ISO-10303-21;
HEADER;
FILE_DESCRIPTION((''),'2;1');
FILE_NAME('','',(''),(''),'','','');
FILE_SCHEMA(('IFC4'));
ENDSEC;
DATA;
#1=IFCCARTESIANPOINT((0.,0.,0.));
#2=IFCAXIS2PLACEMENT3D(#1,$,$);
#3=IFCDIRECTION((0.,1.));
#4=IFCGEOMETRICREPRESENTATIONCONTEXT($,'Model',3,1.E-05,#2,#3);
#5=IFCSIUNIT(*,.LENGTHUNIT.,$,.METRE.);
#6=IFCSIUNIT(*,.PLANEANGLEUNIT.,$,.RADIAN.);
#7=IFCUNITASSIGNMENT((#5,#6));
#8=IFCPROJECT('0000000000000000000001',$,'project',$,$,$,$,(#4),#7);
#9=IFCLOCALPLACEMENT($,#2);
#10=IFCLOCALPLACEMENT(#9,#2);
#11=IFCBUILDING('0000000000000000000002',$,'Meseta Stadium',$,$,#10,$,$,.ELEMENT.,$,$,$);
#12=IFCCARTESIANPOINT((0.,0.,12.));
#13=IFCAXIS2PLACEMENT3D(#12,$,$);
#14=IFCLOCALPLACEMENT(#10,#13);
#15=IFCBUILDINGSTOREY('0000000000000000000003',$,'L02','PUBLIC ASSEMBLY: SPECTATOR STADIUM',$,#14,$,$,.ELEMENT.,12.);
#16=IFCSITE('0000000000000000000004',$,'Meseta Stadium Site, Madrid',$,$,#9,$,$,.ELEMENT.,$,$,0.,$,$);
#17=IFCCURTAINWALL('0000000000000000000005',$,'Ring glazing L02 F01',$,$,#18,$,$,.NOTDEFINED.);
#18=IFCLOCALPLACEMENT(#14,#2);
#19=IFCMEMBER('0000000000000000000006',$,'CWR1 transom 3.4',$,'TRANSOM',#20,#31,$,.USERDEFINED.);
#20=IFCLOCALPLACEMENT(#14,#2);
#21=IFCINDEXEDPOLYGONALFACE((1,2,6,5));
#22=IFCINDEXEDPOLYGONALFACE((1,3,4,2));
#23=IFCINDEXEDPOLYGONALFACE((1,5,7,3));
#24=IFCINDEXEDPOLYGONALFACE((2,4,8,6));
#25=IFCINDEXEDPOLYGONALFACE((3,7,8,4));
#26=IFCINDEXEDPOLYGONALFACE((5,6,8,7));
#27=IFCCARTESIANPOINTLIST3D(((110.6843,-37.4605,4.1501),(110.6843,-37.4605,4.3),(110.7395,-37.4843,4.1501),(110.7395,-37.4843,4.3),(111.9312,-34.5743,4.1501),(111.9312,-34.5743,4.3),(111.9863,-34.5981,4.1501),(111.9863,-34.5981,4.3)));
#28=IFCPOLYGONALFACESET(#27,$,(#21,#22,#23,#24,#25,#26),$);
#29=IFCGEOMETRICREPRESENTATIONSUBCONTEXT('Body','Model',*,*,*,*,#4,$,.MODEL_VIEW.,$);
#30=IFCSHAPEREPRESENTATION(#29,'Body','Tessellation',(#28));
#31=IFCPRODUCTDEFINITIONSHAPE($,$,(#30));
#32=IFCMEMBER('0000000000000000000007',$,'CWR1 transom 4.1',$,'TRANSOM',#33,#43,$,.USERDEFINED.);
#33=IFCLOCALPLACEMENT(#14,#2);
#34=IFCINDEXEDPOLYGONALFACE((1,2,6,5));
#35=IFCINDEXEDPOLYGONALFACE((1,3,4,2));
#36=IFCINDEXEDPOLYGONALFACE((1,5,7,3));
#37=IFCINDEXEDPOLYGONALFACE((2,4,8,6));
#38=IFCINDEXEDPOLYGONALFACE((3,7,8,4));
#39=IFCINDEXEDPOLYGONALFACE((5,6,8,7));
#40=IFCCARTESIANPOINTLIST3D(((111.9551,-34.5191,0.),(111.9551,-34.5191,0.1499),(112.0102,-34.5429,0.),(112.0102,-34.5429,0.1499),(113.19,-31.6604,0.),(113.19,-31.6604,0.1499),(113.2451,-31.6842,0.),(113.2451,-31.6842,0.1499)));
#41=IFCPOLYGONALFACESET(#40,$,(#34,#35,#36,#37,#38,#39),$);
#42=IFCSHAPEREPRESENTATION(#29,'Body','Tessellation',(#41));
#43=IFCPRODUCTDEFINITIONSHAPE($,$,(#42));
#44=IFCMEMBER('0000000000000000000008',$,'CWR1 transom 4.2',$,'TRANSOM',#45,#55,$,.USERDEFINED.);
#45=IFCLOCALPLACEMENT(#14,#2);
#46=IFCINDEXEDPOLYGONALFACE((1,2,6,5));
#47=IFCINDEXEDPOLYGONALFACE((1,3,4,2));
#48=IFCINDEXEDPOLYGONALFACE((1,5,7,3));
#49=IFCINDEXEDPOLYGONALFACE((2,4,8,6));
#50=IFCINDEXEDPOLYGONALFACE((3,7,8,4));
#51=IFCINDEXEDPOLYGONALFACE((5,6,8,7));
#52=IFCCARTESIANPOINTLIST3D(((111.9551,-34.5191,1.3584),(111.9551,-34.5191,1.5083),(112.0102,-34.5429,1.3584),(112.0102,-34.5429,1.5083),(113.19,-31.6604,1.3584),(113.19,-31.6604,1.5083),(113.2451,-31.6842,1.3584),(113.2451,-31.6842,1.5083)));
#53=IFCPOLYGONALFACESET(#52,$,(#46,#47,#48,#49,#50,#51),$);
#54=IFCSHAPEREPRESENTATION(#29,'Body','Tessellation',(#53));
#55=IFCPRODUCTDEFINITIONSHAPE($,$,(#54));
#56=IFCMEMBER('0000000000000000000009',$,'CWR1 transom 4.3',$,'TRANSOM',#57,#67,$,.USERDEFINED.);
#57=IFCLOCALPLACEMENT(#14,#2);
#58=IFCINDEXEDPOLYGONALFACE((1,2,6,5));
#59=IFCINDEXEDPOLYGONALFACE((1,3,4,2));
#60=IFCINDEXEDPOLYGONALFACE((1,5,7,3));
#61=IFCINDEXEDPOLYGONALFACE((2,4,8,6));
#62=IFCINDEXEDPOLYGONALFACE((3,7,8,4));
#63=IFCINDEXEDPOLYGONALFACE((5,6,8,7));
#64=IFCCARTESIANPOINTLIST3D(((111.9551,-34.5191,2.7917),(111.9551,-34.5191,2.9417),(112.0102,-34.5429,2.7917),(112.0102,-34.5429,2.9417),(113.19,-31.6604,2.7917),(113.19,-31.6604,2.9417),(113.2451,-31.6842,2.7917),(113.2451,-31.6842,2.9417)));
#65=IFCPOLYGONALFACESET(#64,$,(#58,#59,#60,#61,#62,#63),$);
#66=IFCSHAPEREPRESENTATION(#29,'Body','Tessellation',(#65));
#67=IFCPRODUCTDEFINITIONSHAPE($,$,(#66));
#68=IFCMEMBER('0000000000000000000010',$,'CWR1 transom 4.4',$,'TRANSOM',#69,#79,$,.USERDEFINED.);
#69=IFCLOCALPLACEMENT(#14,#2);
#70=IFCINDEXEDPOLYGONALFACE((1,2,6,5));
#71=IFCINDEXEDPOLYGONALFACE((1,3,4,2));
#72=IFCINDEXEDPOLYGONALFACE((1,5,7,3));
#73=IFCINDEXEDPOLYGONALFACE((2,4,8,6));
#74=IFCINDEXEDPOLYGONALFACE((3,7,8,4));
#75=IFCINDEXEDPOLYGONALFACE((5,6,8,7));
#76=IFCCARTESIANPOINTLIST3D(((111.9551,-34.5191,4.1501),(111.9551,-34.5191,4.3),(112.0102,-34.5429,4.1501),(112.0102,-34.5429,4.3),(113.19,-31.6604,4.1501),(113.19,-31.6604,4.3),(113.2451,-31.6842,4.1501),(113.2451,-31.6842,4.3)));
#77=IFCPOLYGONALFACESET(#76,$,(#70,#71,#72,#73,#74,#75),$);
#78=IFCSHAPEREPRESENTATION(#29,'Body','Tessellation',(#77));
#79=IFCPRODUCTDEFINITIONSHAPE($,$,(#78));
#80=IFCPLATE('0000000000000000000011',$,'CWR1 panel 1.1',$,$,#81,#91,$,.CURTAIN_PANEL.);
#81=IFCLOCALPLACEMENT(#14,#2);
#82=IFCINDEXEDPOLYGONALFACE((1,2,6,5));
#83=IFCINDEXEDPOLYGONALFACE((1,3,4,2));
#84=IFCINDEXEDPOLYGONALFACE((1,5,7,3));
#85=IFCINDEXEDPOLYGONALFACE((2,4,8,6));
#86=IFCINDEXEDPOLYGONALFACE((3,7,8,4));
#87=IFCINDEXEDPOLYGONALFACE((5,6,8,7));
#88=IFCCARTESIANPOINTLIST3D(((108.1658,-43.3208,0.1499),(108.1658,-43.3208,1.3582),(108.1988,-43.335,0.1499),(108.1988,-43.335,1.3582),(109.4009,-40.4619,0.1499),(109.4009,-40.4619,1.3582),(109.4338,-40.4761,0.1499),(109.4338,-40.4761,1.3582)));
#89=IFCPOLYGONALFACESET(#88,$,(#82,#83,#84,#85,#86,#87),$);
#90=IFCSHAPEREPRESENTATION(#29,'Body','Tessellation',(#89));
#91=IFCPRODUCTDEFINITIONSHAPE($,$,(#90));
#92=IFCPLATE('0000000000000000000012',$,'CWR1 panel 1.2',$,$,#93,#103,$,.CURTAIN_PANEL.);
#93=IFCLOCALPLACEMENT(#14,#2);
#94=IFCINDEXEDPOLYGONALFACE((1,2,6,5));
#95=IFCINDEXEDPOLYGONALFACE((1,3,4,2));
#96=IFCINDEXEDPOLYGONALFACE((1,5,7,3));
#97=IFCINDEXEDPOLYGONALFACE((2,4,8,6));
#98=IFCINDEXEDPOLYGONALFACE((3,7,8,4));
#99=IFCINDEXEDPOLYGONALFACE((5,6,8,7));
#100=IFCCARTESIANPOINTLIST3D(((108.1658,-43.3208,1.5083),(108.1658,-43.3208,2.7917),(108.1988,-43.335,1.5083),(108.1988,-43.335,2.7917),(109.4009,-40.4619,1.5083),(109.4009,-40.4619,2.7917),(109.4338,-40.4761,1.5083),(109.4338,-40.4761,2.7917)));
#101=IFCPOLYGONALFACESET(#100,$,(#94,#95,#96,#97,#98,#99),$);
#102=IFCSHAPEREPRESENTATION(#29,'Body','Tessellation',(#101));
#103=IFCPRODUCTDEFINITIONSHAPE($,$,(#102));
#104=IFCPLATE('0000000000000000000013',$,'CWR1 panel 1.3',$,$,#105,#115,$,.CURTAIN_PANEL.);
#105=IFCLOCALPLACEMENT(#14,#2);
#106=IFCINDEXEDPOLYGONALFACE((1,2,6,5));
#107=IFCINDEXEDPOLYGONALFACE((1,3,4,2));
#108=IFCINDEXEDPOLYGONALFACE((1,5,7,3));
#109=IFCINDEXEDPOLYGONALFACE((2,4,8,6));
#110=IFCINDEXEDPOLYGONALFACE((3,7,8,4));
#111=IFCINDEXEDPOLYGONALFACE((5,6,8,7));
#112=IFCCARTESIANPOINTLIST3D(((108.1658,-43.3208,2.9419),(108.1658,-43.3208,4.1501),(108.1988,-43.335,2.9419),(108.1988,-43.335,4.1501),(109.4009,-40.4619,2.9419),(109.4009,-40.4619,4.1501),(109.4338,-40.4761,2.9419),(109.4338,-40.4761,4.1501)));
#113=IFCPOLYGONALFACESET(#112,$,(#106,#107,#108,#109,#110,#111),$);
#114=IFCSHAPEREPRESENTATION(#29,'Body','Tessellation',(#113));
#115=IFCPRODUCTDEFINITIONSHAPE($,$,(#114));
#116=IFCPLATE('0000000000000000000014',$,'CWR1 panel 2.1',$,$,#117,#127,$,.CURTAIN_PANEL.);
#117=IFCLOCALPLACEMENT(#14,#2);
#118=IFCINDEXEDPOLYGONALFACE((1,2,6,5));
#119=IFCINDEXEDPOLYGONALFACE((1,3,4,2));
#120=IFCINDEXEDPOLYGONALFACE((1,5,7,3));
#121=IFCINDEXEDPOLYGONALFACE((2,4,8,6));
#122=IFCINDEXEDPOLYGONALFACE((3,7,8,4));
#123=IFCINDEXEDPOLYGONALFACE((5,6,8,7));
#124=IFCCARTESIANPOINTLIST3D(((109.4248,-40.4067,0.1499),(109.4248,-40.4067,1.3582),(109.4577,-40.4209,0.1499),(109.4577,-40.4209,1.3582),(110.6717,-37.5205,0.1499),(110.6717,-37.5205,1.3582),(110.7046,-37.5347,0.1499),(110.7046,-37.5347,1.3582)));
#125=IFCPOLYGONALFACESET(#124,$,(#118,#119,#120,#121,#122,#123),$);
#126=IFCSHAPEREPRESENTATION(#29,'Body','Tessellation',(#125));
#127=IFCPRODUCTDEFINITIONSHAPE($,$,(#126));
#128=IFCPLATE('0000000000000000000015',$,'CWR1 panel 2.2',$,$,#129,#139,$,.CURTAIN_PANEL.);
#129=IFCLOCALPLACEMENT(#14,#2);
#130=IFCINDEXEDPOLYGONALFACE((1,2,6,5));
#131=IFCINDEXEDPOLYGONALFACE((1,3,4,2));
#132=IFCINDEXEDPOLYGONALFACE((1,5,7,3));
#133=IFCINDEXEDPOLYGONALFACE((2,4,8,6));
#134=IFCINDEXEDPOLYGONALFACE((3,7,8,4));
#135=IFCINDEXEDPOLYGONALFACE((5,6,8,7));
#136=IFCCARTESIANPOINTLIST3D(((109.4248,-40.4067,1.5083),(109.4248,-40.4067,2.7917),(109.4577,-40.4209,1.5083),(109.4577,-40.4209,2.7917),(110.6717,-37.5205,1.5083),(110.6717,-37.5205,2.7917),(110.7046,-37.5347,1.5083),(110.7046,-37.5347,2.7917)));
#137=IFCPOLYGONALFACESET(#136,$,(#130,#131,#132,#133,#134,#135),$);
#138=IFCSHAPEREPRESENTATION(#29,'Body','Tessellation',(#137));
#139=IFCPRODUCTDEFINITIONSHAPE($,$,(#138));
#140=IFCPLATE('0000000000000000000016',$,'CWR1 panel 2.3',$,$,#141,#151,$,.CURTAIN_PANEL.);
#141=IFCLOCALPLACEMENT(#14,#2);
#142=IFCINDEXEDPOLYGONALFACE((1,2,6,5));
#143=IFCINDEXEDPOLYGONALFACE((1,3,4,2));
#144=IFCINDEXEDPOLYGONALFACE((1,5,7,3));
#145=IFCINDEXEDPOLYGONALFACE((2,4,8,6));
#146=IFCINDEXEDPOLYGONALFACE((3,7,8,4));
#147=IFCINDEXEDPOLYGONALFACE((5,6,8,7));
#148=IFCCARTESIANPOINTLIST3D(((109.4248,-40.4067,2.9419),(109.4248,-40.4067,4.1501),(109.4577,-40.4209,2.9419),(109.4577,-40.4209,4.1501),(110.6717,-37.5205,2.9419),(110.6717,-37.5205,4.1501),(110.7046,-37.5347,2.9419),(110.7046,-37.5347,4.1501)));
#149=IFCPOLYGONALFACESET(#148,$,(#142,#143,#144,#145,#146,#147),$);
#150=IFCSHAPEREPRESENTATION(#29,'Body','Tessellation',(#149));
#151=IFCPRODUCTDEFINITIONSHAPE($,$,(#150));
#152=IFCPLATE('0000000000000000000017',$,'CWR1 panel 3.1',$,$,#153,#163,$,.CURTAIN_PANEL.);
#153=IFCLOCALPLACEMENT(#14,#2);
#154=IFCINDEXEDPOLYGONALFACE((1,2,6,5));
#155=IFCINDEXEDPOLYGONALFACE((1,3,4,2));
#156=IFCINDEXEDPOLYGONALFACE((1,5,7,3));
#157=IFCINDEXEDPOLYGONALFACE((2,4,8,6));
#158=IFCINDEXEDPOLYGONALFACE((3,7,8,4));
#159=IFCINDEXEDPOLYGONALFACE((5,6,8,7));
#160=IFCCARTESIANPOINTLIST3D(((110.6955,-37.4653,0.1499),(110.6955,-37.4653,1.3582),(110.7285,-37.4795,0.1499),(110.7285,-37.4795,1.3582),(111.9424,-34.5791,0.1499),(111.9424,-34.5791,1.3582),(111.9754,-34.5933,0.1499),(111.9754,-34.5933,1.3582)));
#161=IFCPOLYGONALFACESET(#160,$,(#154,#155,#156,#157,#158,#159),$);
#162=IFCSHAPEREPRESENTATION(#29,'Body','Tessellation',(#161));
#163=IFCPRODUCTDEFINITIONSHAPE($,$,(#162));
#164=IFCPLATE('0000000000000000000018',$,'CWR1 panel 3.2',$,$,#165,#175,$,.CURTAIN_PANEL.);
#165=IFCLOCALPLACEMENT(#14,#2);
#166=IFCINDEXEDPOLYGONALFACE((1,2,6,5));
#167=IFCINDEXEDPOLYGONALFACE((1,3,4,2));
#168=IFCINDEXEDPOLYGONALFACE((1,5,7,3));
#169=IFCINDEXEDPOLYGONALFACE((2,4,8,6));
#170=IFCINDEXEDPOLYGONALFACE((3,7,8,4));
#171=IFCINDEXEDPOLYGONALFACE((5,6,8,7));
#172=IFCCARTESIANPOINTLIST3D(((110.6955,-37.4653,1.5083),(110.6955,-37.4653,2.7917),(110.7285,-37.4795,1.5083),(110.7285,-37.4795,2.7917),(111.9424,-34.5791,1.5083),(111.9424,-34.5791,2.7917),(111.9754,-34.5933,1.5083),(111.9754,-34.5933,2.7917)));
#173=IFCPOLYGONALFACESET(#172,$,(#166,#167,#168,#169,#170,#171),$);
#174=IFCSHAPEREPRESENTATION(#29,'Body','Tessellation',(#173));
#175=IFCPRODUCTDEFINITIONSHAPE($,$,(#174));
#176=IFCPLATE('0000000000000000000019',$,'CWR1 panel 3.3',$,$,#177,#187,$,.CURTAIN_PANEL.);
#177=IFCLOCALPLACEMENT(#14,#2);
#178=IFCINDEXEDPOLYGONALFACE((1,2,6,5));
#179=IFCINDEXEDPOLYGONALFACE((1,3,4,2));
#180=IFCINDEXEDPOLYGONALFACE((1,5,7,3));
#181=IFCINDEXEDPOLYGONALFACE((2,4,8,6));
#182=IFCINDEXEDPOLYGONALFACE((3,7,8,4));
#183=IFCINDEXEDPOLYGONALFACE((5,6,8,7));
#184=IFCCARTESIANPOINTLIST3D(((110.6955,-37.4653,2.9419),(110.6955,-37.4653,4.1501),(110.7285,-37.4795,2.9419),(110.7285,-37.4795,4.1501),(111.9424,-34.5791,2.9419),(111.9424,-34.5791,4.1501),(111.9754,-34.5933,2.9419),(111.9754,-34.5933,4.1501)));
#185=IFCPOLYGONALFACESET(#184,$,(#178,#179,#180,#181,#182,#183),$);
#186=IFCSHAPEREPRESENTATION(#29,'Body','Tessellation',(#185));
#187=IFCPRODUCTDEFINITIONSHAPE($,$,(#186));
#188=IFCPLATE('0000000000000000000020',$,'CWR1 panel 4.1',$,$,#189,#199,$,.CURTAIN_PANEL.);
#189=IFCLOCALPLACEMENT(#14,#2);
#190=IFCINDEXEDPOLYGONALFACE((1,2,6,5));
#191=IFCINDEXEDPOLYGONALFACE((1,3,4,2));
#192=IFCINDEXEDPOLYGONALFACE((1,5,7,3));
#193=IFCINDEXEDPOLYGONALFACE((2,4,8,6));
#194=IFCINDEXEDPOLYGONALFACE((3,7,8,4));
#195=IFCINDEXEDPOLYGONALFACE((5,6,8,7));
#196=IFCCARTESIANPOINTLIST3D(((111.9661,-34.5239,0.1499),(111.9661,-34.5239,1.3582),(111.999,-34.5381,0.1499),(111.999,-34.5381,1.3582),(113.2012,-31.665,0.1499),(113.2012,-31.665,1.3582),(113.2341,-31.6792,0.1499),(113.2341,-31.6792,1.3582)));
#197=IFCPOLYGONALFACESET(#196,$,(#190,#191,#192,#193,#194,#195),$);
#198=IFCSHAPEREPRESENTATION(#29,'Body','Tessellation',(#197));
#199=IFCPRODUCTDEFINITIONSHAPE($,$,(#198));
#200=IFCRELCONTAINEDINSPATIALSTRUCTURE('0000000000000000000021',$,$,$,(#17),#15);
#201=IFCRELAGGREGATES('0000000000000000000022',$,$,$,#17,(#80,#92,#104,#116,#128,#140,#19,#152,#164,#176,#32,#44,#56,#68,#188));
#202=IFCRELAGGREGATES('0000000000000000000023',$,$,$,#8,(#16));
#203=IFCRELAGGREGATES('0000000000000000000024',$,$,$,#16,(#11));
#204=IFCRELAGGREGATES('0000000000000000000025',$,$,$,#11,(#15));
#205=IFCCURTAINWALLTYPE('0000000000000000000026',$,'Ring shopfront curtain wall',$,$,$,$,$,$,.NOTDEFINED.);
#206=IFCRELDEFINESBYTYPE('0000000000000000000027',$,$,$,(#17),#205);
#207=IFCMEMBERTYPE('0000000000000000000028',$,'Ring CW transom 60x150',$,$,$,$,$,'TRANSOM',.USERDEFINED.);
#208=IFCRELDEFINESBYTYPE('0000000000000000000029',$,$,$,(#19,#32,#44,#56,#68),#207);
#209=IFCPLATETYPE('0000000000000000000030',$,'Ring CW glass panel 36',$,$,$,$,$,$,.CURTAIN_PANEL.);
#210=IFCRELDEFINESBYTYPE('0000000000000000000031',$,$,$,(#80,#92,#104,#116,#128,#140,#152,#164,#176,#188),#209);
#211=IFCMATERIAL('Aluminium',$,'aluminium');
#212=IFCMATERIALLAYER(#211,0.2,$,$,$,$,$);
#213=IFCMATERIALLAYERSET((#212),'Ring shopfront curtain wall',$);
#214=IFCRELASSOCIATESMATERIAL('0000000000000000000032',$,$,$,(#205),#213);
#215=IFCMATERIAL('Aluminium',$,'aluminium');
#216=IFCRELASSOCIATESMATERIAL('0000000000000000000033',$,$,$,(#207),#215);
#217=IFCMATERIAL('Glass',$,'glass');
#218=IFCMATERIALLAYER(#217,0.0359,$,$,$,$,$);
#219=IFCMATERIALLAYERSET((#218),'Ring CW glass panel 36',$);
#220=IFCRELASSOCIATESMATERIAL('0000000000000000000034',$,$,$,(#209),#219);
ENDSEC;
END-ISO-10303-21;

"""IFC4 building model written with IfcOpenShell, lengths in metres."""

from ifc_helpers import new_model, si_unit, direction, frame, origin, origin_2d, place, context, subcontext, project, spatial, rectangle, extrude, material, layer, layer_set, material_profile, profile_set, type_object, element, aggregate, save


model = new_model("IFC4")

# Units and contexts
model_context = context("Model", 3, precision=1e-05, world=origin(), true_north=direction((0.0, 1.0)))
body_context = subcontext(model_context, "Body", "Model", "MODEL_VIEW")
ifc_project = project(units=[si_unit("LENGTHUNIT", "METRE"), si_unit("PLANEANGLEUNIT", "RADIAN")], contexts=[model_context])

# Site, building, storey
site_placement = place(None, origin())
site = spatial("IfcSite", under=ifc_project, at=site_placement, Name="Meseta Stadium Site, Madrid", CompositionType="ELEMENT", RefElevation=0.0)
building_placement = place(site_placement, origin())
building = spatial("IfcBuilding", under=site, at=building_placement, Name="Meseta Stadium", CompositionType="ELEMENT")
storey_placement = place(building_placement, frame((0.0, 0.0, 12.0)))
storey = spatial("IfcBuildingStorey", under=building, at=storey_placement, Name="L02", Description="PUBLIC ASSEMBLY: SPECTATOR STADIUM", CompositionType="ELEMENT", Elevation=12.0)

# Curtain wall, members, plates
ifc_material_1 = material(Name="Aluminium", Category="aluminium")
ifc_layer_1 = layer(ifc_material_1, 0.2)
ifc_layer_set_1 = layer_set([ifc_layer_1], Name="Ring shopfront curtain wall")
curtain_wall_type = type_object("IfcCurtainWallType", Name="Ring shopfront curtain wall", PredefinedType="NOTDEFINED", material=ifc_layer_set_1)
curtain_wall_placement = place(storey_placement, origin())
curtain_wall = element("IfcCurtainWall", 1, at=curtain_wall_placement, inside=storey, type_object=curtain_wall_type, Name="Ring glazing L02 F01", PredefinedType="NOTDEFINED")
ifc_material_2 = material(Name="Aluminium", Category="aluminium")
ifc_material_profile_1 = material_profile(ifc_material_2, rectangle(XDim=0.0601, YDim=0.1499, at=origin_2d()), Name="CW 60x150")
ifc_profile_set_1 = profile_set([ifc_material_profile_1], Name="Aluminium")
member_type_1 = type_object("IfcMemberType", Name="Ring CW transom 60x150", ElementType="TRANSOM", PredefinedType="USERDEFINED", material=ifc_profile_set_1)
member_1_placement = place(storey_placement, frame((110.7119, -37.4724, 4.2251), z_axis=(0.39657, 0.918005, 0.0), x_axis=(-0.918005, 0.39657, 0.0)))
member_1 = element("IfcMember", 2, at=member_1_placement, type_object=member_type_1, Name="CWR1 transom 3.4", ObjectType="TRANSOM", PredefinedType="USERDEFINED", context=body_context, shape_type="SweptSolid", body=[
    extrude(rectangle(XDim=0.0601, YDim=0.1499, at=origin_2d()), origin(), (0.0, 0.0, 1.0), 3.144),
])
member_2_placement = place(storey_placement, frame((111.9827, -34.531, 0.075), z_axis=(0.396558, 0.91801, 0.0), x_axis=(-0.91801, 0.396558, 0.0)))
member_2 = element("IfcMember", 3, at=member_2_placement, type_object=member_type_1, Name="CWR1 transom 4.1", ObjectType="TRANSOM", PredefinedType="USERDEFINED", context=body_context, shape_type="SweptSolid", body=[
    extrude(rectangle(XDim=0.0601, YDim=0.1499, at=origin_2d()), origin(), (0.0, 0.0, 1.0), 3.114),
])
member_3_placement = place(storey_placement, frame((111.9827, -34.531, 1.4333), z_axis=(0.396558, 0.91801, 0.0), x_axis=(-0.91801, 0.396558, 0.0)))
member_3 = element("IfcMember", 4, at=member_3_placement, type_object=member_type_1, Name="CWR1 transom 4.2", ObjectType="TRANSOM", PredefinedType="USERDEFINED", context=body_context, shape_type="SweptSolid", body=[
    extrude(rectangle(XDim=0.0601, YDim=0.1499, at=origin_2d()), origin(), (0.0, 0.0, 1.0), 3.114),
])
member_4_placement = place(storey_placement, frame((111.9827, -34.531, 2.8667), z_axis=(0.396558, 0.91801, 0.0), x_axis=(-0.91801, 0.396558, 0.0)))
member_4 = element("IfcMember", 5, at=member_4_placement, type_object=member_type_1, Name="CWR1 transom 4.3", ObjectType="TRANSOM", PredefinedType="USERDEFINED", context=body_context, shape_type="SweptSolid", body=[
    extrude(rectangle(XDim=0.0601, YDim=0.1499, at=origin_2d()), origin(), (0.0, 0.0, 1.0), 3.114),
])
member_5_placement = place(storey_placement, frame((111.9827, -34.531, 4.2251), z_axis=(0.396558, 0.91801, 0.0), x_axis=(-0.91801, 0.396558, 0.0)))
member_5 = element("IfcMember", 6, at=member_5_placement, type_object=member_type_1, Name="CWR1 transom 4.4", ObjectType="TRANSOM", PredefinedType="USERDEFINED", context=body_context, shape_type="SweptSolid", body=[
    extrude(rectangle(XDim=0.0601, YDim=0.1499, at=origin_2d()), origin(), (0.0, 0.0, 1.0), 3.114),
])
ifc_material_3 = material(Name="Glass", Category="glass")
ifc_layer_2 = layer(ifc_material_3, 0.0359)
ifc_layer_set_2 = layer_set([ifc_layer_2], Name="Ring CW glass panel 36")
plate_type_1 = type_object("IfcPlateType", Name="Ring CW glass panel 36", PredefinedType="CURTAIN_PANEL", material=ifc_layer_set_2)
plate_1_placement = place(storey_placement, frame((108.7998, -41.8984, 0.1499), z_axis=(0.0, 0.0, 1.0), x_axis=(0.396581, 0.918, 0.0)))
plate_1 = element("IfcPlate", 7, at=plate_1_placement, type_object=plate_type_1, Name="CWR1 panel 1.1", PredefinedType="CURTAIN_PANEL", context=body_context, shape_type="SweptSolid", body=[
    extrude(rectangle(XDim=3.1143, YDim=0.0359, at=origin_2d()), origin(), (0.0, 0.0, 1.0), 1.2083),
])
plate_2_placement = place(storey_placement, frame((108.7998, -41.8984, 1.5083), z_axis=(0.0, 0.0, 1.0), x_axis=(0.396581, 0.918, 0.0)))
plate_2 = element("IfcPlate", 8, at=plate_2_placement, type_object=plate_type_1, Name="CWR1 panel 1.2", PredefinedType="CURTAIN_PANEL", context=body_context, shape_type="SweptSolid", body=[
    extrude(rectangle(XDim=3.1143, YDim=0.0359, at=origin_2d()), origin(), (0.0, 0.0, 1.0), 1.2834),
])
plate_3_placement = place(storey_placement, frame((108.7998, -41.8984, 2.9419), z_axis=(0.0, 0.0, 1.0), x_axis=(0.396581, 0.918, 0.0)))
plate_3 = element("IfcPlate", 9, at=plate_3_placement, type_object=plate_type_1, Name="CWR1 panel 1.3", PredefinedType="CURTAIN_PANEL", context=body_context, shape_type="SweptSolid", body=[
    extrude(rectangle(XDim=3.1143, YDim=0.0359, at=origin_2d()), origin(), (0.0, 0.0, 1.0), 1.2083),
])
plate_4_placement = place(storey_placement, frame((110.0647, -38.9707, 0.1499), z_axis=(0.0, 0.0, 1.0), x_axis=(0.396581, 0.918, 0.0)))
plate_4 = element("IfcPlate", 10, at=plate_4_placement, type_object=plate_type_1, Name="CWR1 panel 2.1", PredefinedType="CURTAIN_PANEL", context=body_context, shape_type="SweptSolid", body=[
    extrude(rectangle(XDim=3.144, YDim=0.0359, at=origin_2d()), origin(), (0.0, 0.0, 1.0), 1.2083),
])
plate_5_placement = place(storey_placement, frame((110.0647, -38.9707, 1.5083), z_axis=(0.0, 0.0, 1.0), x_axis=(0.396581, 0.918, 0.0)))
plate_5 = element("IfcPlate", 11, at=plate_5_placement, type_object=plate_type_1, Name="CWR1 panel 2.2", PredefinedType="CURTAIN_PANEL", context=body_context, shape_type="SweptSolid", body=[
    extrude(rectangle(XDim=3.144, YDim=0.0359, at=origin_2d()), origin(), (0.0, 0.0, 1.0), 1.2834),
])
plate_6_placement = place(storey_placement, frame((110.0647, -38.9707, 2.9419), z_axis=(0.0, 0.0, 1.0), x_axis=(0.396581, 0.918, 0.0)))
plate_6 = element("IfcPlate", 12, at=plate_6_placement, type_object=plate_type_1, Name="CWR1 panel 2.3", PredefinedType="CURTAIN_PANEL", context=body_context, shape_type="SweptSolid", body=[
    extrude(rectangle(XDim=3.144, YDim=0.0359, at=origin_2d()), origin(), (0.0, 0.0, 1.0), 1.2083),
])
plate_7_placement = place(storey_placement, frame((111.3354, -36.0293, 0.1499), z_axis=(0.0, 0.0, 1.0), x_axis=(0.396581, 0.918, 0.0)))
plate_7 = element("IfcPlate", 13, at=plate_7_placement, type_object=plate_type_1, Name="CWR1 panel 3.1", PredefinedType="CURTAIN_PANEL", context=body_context, shape_type="SweptSolid", body=[
    extrude(rectangle(XDim=3.144, YDim=0.0359, at=origin_2d()), origin(), (0.0, 0.0, 1.0), 1.2083),
])
plate_8_placement = place(storey_placement, frame((111.3354, -36.0293, 1.5083), z_axis=(0.0, 0.0, 1.0), x_axis=(0.396581, 0.918, 0.0)))
plate_8 = element("IfcPlate", 14, at=plate_8_placement, type_object=plate_type_1, Name="CWR1 panel 3.2", PredefinedType="CURTAIN_PANEL", context=body_context, shape_type="SweptSolid", body=[
    extrude(rectangle(XDim=3.144, YDim=0.0359, at=origin_2d()), origin(), (0.0, 0.0, 1.0), 1.2834),
])
plate_9_placement = place(storey_placement, frame((111.3354, -36.0293, 2.9419), z_axis=(0.0, 0.0, 1.0), x_axis=(0.396581, 0.918, 0.0)))
plate_9 = element("IfcPlate", 15, at=plate_9_placement, type_object=plate_type_1, Name="CWR1 panel 3.3", PredefinedType="CURTAIN_PANEL", context=body_context, shape_type="SweptSolid", body=[
    extrude(rectangle(XDim=3.144, YDim=0.0359, at=origin_2d()), origin(), (0.0, 0.0, 1.0), 1.2083),
])
plate_10_placement = place(storey_placement, frame((112.6001, -33.1016, 0.1499), z_axis=(0.0, 0.0, 1.0), x_axis=(0.396581, 0.918, 0.0)))
plate_10 = element("IfcPlate", 16, at=plate_10_placement, type_object=plate_type_1, Name="CWR1 panel 4.1", PredefinedType="CURTAIN_PANEL", context=body_context, shape_type="SweptSolid", body=[
    extrude(rectangle(XDim=3.1143, YDim=0.0359, at=origin_2d()), origin(), (0.0, 0.0, 1.0), 1.2083),
])
aggregate(curtain_wall, [plate_1, plate_2, plate_3, plate_4, plate_5, plate_6, member_1, plate_7, plate_8, plate_9, member_2, member_3, member_4, member_5, plate_10])

save(model, "model.ifc")
